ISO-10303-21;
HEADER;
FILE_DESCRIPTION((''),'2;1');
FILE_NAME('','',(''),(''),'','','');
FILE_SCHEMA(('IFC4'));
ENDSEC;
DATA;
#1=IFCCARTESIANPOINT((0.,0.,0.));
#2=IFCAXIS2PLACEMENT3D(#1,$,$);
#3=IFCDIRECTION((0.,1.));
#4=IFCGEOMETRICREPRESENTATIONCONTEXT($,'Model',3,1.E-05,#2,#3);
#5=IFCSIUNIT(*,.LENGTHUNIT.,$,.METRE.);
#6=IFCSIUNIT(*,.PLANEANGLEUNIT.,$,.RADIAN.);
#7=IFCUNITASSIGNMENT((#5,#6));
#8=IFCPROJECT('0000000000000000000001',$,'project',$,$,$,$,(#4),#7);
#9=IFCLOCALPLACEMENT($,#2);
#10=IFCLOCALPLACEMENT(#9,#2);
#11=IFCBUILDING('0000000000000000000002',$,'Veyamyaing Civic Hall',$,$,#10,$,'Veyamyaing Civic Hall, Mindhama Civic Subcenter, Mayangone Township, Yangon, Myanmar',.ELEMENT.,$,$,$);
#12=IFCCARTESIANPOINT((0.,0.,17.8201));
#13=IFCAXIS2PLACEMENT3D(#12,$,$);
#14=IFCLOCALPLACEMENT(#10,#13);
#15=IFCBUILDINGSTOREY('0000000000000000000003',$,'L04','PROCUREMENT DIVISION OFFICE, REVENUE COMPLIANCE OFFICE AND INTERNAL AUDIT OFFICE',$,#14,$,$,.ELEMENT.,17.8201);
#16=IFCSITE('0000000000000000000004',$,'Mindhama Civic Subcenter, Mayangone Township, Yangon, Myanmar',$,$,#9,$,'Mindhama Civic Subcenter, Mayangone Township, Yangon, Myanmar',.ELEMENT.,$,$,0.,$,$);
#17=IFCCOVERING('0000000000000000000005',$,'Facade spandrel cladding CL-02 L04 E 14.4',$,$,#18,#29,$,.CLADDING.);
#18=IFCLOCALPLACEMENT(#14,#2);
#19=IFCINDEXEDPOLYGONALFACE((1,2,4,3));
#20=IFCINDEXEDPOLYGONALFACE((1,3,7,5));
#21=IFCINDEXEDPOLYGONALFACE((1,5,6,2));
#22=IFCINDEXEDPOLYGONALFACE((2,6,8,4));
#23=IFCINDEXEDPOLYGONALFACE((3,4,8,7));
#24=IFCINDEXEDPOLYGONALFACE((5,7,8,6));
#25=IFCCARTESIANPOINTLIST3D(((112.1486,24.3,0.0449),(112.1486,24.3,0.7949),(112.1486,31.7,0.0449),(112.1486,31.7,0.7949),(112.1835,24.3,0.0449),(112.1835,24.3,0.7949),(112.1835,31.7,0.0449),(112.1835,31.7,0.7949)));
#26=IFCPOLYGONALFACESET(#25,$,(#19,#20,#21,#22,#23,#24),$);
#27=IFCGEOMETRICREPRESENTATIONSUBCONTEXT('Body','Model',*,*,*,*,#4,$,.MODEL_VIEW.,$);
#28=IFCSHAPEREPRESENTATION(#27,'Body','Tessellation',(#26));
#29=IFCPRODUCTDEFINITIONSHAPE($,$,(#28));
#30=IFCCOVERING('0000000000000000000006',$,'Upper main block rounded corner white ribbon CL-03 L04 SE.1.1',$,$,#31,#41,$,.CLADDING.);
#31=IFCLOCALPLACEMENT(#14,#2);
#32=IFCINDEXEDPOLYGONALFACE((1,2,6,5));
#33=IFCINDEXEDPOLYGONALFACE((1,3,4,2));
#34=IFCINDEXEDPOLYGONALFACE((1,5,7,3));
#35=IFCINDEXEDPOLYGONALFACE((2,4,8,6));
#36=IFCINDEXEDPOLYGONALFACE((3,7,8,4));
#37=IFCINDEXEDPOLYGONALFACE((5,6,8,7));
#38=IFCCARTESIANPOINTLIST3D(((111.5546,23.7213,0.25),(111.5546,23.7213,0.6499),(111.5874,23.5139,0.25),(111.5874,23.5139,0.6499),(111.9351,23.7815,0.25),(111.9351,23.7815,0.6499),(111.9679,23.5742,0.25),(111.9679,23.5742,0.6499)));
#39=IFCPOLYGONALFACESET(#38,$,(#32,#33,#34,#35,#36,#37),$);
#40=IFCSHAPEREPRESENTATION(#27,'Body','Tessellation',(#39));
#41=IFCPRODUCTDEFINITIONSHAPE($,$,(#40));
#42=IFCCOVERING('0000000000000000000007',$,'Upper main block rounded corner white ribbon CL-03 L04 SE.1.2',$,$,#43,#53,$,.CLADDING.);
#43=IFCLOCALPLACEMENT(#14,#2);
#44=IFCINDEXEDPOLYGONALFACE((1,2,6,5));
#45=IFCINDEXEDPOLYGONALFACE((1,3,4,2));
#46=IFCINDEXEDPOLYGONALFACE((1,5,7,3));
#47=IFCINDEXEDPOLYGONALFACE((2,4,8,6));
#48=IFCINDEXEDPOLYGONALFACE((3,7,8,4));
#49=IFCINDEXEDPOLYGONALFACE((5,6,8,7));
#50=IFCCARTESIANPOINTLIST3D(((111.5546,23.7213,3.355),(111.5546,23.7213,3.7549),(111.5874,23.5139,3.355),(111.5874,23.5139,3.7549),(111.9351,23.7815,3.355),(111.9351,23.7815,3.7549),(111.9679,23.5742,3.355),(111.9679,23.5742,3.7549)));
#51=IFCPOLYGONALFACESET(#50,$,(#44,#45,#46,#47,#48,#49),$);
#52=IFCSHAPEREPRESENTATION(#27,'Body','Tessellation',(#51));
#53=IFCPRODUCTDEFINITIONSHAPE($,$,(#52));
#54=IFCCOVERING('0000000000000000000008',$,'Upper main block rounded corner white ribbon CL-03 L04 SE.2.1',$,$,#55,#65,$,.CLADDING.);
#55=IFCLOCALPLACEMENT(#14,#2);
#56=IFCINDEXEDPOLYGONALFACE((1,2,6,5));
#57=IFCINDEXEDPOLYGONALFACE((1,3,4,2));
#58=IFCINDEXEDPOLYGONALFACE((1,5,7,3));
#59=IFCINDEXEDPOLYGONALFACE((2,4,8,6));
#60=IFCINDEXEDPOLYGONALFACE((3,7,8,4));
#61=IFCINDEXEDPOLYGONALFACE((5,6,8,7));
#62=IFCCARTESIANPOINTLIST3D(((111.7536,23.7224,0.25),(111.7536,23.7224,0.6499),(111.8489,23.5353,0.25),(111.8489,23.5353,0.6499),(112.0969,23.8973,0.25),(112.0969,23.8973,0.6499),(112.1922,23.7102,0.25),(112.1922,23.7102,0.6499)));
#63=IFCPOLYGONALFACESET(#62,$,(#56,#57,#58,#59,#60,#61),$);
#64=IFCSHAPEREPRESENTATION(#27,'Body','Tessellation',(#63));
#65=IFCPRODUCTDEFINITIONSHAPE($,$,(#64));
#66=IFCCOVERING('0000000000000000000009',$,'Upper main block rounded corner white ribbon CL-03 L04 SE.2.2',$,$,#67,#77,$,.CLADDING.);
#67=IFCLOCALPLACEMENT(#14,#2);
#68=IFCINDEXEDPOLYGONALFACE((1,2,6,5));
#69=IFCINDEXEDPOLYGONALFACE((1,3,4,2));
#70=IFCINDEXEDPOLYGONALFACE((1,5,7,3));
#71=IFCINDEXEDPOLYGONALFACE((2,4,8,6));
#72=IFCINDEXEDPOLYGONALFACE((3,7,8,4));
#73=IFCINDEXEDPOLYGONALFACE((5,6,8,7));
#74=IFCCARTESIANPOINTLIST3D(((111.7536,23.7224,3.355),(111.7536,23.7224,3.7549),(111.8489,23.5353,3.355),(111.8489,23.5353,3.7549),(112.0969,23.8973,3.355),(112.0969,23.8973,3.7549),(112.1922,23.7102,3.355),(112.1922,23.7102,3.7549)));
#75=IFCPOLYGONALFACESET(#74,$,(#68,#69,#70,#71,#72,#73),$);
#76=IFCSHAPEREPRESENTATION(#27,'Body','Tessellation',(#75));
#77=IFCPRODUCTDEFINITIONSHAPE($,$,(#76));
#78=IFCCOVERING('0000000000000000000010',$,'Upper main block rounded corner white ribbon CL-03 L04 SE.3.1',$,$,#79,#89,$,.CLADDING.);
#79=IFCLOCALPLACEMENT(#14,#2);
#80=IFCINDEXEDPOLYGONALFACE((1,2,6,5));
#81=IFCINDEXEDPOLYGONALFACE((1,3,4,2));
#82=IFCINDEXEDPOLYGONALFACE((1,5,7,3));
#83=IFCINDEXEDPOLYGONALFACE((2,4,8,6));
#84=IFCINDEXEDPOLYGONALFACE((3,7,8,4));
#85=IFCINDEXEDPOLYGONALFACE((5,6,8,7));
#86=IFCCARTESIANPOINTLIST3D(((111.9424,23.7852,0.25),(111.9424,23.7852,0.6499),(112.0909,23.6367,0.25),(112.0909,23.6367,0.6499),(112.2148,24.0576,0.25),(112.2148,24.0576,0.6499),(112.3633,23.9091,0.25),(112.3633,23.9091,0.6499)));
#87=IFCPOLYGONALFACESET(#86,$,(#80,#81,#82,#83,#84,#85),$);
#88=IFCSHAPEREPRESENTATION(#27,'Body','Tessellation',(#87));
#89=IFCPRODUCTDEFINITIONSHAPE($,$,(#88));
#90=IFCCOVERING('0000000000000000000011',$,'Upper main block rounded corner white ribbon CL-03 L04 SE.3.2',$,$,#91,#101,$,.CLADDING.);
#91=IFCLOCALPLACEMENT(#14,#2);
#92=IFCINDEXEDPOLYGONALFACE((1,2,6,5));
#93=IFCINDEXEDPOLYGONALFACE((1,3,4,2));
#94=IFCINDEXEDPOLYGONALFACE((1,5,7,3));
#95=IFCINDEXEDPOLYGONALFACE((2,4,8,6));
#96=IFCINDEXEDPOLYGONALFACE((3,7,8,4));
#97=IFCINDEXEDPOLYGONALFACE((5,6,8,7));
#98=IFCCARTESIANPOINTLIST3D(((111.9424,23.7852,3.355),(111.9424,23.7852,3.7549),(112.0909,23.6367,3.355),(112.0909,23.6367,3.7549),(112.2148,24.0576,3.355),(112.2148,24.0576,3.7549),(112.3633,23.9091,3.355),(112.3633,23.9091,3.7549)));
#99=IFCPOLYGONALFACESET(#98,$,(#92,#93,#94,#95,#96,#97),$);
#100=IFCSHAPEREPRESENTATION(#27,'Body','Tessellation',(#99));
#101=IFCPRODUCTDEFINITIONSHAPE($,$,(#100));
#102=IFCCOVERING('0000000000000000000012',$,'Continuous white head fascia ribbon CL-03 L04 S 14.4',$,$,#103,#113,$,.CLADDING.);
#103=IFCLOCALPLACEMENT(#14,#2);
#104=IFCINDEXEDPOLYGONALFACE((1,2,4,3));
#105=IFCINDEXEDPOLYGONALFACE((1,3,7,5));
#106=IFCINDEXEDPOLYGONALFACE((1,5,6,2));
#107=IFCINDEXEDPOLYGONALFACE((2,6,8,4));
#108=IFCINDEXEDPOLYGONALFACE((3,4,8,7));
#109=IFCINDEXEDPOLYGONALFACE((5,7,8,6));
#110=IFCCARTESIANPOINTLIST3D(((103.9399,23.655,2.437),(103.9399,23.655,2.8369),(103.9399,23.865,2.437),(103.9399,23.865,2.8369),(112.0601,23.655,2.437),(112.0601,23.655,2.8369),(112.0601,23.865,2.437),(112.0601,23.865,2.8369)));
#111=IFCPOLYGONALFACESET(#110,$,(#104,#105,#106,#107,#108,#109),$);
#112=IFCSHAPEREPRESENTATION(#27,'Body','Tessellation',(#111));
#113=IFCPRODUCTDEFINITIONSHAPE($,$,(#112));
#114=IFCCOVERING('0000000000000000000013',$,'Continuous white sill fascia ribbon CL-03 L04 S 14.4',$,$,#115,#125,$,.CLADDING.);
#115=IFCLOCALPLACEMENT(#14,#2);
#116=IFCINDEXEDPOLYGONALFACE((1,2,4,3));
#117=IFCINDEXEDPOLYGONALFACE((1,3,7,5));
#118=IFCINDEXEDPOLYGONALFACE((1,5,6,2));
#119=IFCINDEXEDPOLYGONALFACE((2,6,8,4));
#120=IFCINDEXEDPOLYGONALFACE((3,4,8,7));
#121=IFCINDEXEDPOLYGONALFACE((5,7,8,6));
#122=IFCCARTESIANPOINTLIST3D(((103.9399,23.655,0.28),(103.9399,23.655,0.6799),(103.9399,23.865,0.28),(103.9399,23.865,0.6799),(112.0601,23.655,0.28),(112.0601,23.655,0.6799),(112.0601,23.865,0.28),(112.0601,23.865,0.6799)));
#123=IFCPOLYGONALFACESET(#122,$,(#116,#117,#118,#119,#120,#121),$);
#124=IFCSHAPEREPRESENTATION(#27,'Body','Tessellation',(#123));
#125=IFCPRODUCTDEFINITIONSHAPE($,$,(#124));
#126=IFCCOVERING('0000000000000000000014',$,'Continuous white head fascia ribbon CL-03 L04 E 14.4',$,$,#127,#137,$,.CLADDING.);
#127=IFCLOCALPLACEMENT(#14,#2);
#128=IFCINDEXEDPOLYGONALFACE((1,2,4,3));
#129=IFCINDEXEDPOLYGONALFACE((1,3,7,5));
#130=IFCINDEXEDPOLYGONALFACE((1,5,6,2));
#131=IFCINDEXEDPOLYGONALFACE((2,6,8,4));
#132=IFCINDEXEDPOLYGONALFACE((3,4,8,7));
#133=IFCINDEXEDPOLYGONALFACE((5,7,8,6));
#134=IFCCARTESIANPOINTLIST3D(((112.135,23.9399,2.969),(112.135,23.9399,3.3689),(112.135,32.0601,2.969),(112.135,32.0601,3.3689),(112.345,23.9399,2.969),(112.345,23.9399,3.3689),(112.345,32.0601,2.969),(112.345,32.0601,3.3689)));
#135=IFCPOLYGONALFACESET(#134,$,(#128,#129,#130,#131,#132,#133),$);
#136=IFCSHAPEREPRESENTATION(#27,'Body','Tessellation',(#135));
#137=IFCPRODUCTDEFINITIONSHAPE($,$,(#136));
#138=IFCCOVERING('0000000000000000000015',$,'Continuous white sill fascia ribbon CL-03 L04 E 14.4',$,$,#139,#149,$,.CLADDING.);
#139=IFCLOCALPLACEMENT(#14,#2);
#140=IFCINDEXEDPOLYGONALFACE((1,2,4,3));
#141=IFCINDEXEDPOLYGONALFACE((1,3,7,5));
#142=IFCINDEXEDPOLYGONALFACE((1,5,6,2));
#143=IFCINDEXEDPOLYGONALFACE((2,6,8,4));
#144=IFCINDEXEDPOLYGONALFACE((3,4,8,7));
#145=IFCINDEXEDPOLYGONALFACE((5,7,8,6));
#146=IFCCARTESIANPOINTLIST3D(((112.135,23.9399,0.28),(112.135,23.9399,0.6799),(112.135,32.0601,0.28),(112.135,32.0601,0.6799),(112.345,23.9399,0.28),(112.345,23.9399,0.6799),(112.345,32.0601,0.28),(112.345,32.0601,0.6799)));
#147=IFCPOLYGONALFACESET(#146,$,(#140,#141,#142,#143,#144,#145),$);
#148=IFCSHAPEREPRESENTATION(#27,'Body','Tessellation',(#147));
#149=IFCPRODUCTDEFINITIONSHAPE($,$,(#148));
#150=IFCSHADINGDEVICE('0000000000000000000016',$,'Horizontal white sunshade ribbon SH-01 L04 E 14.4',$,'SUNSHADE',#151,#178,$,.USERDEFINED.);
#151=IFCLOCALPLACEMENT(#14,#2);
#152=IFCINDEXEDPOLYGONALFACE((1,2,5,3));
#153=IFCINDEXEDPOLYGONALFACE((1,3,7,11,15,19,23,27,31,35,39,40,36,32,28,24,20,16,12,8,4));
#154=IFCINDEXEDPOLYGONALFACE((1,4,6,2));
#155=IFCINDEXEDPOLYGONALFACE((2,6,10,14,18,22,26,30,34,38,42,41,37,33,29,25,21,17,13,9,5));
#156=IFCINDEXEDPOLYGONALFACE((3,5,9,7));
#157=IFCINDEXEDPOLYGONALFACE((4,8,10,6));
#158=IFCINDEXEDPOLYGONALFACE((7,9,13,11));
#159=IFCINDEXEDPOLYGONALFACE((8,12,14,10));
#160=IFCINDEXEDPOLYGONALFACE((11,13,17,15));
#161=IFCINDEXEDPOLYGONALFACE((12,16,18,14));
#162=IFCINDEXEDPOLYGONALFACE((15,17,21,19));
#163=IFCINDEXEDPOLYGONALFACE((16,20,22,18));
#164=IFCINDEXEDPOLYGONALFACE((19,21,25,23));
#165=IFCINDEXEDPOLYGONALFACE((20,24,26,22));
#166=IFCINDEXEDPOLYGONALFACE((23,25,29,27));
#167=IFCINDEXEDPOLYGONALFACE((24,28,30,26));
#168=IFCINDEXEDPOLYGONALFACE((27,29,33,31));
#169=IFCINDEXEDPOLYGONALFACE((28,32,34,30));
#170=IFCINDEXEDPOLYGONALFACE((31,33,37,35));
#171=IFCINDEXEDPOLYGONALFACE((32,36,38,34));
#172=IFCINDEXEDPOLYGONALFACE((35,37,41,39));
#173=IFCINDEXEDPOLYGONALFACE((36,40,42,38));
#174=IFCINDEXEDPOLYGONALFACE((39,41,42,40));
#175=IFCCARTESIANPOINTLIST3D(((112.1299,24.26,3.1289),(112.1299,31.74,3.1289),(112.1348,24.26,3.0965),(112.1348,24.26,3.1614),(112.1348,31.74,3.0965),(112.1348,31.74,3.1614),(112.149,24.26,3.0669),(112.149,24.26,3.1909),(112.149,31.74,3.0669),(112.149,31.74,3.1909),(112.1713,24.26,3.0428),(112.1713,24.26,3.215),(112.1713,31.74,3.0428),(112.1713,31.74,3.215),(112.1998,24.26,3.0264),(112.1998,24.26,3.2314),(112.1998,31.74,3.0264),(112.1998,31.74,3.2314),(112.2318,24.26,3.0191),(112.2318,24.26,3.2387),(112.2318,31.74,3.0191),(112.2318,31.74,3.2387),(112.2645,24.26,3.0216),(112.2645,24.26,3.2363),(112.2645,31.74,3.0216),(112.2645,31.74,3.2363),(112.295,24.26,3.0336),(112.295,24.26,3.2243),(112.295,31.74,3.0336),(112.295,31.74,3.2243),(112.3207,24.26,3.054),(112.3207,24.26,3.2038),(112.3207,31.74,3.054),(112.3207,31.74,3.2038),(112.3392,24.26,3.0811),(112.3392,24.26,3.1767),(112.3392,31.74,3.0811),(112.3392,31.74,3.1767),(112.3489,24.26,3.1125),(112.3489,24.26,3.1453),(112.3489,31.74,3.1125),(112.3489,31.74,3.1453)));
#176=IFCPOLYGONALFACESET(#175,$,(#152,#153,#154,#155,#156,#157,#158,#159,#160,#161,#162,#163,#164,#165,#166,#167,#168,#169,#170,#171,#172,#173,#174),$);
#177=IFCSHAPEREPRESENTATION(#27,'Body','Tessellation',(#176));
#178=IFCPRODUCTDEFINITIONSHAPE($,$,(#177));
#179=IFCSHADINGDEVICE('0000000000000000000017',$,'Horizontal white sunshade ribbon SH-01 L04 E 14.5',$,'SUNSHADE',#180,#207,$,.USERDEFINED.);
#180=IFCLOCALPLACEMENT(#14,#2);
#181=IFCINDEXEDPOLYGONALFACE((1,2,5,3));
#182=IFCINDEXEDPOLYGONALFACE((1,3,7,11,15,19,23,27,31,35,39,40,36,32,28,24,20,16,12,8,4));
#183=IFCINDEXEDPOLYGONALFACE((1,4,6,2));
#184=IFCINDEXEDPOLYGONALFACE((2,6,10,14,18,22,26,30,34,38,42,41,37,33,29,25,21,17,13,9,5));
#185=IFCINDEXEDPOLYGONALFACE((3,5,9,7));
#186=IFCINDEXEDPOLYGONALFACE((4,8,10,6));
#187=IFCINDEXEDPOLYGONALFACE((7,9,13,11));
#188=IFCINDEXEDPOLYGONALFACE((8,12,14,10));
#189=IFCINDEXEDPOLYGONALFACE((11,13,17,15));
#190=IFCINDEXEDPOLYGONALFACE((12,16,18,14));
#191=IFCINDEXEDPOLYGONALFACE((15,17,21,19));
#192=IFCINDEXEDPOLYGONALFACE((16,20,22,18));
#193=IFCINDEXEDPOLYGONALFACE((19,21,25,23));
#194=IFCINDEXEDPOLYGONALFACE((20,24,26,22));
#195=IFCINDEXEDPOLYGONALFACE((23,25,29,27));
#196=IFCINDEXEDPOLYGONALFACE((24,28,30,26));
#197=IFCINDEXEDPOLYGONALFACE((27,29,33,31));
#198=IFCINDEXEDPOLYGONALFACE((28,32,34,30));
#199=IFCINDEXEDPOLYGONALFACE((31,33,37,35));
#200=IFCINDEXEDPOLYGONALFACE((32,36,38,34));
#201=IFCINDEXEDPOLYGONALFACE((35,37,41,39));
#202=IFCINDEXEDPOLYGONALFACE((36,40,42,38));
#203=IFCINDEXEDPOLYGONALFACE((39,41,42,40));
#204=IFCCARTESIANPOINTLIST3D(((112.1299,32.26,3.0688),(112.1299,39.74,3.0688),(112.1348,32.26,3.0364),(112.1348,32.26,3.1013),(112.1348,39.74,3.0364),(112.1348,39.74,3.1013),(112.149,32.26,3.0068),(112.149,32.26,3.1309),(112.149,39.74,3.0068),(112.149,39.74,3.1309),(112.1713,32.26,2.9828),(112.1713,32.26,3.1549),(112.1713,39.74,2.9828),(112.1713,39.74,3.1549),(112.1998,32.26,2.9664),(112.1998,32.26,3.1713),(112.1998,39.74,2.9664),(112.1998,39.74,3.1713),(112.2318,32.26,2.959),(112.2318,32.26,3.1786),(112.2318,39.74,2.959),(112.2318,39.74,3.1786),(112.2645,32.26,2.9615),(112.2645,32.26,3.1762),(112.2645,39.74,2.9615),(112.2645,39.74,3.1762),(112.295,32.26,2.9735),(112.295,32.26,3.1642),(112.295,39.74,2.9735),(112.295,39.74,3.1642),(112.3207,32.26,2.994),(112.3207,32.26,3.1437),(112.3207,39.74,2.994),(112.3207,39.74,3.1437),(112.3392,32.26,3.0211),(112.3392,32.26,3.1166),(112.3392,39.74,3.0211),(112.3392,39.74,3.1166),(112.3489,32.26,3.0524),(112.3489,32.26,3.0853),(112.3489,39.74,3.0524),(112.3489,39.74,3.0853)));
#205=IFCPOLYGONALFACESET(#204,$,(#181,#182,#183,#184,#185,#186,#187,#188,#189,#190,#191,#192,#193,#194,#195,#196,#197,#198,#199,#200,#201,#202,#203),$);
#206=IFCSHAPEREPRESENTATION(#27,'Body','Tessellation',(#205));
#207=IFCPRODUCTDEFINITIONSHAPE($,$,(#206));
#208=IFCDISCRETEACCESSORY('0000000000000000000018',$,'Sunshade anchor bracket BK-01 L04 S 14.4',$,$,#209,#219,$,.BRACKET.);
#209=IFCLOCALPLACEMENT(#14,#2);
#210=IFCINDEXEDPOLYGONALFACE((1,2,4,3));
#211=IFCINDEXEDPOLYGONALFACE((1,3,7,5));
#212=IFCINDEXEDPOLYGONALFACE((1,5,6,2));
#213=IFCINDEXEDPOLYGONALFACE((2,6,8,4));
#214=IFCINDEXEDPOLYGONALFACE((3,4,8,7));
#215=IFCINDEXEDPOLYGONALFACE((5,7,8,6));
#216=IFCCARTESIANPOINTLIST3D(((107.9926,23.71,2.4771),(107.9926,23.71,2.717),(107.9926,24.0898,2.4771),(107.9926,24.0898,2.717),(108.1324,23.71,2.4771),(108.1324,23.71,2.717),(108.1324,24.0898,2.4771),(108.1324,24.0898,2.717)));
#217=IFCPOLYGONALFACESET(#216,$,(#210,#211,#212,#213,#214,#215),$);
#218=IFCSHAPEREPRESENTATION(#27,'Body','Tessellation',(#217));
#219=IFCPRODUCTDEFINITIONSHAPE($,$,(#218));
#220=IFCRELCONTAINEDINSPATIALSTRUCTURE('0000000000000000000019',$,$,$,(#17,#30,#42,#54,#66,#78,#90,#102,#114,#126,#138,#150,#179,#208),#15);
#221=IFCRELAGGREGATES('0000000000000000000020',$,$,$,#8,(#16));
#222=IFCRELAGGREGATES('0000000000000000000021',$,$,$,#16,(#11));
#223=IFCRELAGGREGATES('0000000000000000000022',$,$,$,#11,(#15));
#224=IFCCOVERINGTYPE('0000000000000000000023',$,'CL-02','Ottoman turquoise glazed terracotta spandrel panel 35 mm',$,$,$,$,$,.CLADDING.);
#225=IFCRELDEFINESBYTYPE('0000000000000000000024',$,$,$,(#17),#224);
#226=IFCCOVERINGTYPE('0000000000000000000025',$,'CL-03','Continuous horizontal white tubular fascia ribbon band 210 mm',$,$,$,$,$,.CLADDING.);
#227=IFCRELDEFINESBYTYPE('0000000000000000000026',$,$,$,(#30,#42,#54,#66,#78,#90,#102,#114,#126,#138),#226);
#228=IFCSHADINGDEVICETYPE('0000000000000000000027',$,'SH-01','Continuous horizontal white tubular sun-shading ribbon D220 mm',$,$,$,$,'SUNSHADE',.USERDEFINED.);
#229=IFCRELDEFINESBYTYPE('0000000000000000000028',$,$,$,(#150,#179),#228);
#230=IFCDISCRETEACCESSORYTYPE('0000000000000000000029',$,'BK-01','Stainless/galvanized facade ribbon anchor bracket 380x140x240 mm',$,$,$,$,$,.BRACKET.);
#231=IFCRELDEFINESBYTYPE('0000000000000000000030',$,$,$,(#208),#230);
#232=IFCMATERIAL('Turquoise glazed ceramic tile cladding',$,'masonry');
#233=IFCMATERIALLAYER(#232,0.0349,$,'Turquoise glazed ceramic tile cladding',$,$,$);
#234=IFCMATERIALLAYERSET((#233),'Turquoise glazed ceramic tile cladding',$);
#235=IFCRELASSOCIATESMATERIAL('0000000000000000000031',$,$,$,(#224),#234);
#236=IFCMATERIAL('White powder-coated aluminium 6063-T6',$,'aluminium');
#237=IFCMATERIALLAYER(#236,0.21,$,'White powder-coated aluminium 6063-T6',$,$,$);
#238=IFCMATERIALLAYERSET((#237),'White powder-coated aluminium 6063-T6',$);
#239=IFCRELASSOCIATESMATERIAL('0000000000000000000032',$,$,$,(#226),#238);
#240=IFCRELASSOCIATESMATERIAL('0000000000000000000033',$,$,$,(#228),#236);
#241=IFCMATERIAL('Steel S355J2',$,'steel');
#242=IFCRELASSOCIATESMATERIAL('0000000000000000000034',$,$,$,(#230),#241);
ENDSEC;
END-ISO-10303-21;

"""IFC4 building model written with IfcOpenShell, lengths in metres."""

from ifc_helpers import new_model, si_unit, direction, frame, origin, origin_2d, place, context, subcontext, project, spatial, rectangle, circle, extrude, material, layer, layer_set, material_profile, profile_set, type_object, element, save


model = new_model("IFC4")

# Units and contexts
model_context = context("Model", 3, precision=1e-05, world=origin(), true_north=direction((0.0, 1.0)))
body_context = subcontext(model_context, "Body", "Model", "MODEL_VIEW")
ifc_project = project(units=[si_unit("LENGTHUNIT", "METRE"), si_unit("PLANEANGLEUNIT", "RADIAN")], contexts=[model_context])

# Site, building, storey
site_placement = place(None, origin())
site = spatial("IfcSite", under=ifc_project, at=site_placement, Name="Mindhama Civic Subcenter, Mayangone Township, Yangon, Myanmar", LongName="Mindhama Civic Subcenter, Mayangone Township, Yangon, Myanmar", CompositionType="ELEMENT", RefElevation=0.0)
building_placement = place(site_placement, origin())
building = spatial("IfcBuilding", under=site, at=building_placement, Name="Veyamyaing Civic Hall", LongName="Veyamyaing Civic Hall, Mindhama Civic Subcenter, Mayangone Township, Yangon, Myanmar", CompositionType="ELEMENT")
storey_placement = place(building_placement, frame((0.0, 0.0, 17.8201)))
storey = spatial("IfcBuildingStorey", under=building, at=storey_placement, Name="L04", Description="PROCUREMENT DIVISION OFFICE, REVENUE COMPLIANCE OFFICE AND INTERNAL AUDIT OFFICE", CompositionType="ELEMENT", Elevation=17.8201)

# Shared definitions
ifc_material_1 = material(Name="Steel S355J2", Category="steel")

# Coverings
ifc_material_2 = material(Name="Turquoise glazed ceramic tile cladding", Category="masonry")
ifc_layer_1 = layer(ifc_material_2, 0.0349, Name="Turquoise glazed ceramic tile cladding")
ifc_layer_set_1 = layer_set([ifc_layer_1], Name="Turquoise glazed ceramic tile cladding")
covering_type_1 = type_object("IfcCoveringType", Name="CL-02", Description="Ottoman turquoise glazed terracotta spandrel panel 35 mm", PredefinedType="CLADDING", material=ifc_layer_set_1)
covering_1_placement = place(storey_placement, frame((112.166, 28.0, 0.0449), z_axis=(0.0, 0.0, 1.0), x_axis=(0.0, 1.0, 0.0)))
element("IfcCovering", 1, at=covering_1_placement, inside=storey, type_object=covering_type_1, Name="Facade spandrel cladding CL-02 L04 E 14.4", PredefinedType="CLADDING", context=body_context, shape_type="SweptSolid", body=[
    extrude(rectangle(XDim=7.3999, YDim=0.0349, at=origin_2d()), origin(), (0.0, 0.0, 1.0), 0.75),
])
ifc_material_3 = material(Name="White powder-coated aluminium 6063-T6", Category="aluminium")
ifc_layer_2 = layer(ifc_material_3, 0.21, Name="White powder-coated aluminium 6063-T6")
ifc_layer_set_2 = layer_set([ifc_layer_2], Name="White powder-coated aluminium 6063-T6")
covering_type_2 = type_object("IfcCoveringType", Name="CL-03", Description="Continuous horizontal white tubular fascia ribbon band 210 mm", PredefinedType="CLADDING", material=ifc_layer_set_2)
for number, where, z_axis, x_axis, name in (
    (2, (111.7612, 23.6477, 0.25), (0.0, 0.0, 1.0), (0.987688, 0.156434, 0.0), "Upper main block rounded corner white ribbon CL-03 L04 SE.1.1"),
    (3, (111.7612, 23.6477, 3.355), (0.0, 0.0, 1.0), (0.987688, 0.156434, 0.0), "Upper main block rounded corner white ribbon CL-03 L04 SE.1.2"),
    (4, (111.9729, 23.7163, 0.25), (0.0, 0.0, 1.0), (0.891007, 0.45399, 0.0), "Upper main block rounded corner white ribbon CL-03 L04 SE.2.1"),
    (5, (111.9729, 23.7163, 3.355), (0.0, 0.0, 1.0), (0.891007, 0.45399, 0.0), "Upper main block rounded corner white ribbon CL-03 L04 SE.2.2"),
    (6, (112.1528, 23.8472, 0.25), (0.0, 0.0, 1.0), (0.707107, 0.707107, 0.0), "Upper main block rounded corner white ribbon CL-03 L04 SE.3.1"),
    (7, (112.1528, 23.8472, 3.355), (0.0, 0.0, 1.0), (0.707107, 0.707107, 0.0), "Upper main block rounded corner white ribbon CL-03 L04 SE.3.2"),
):
    element("IfcCovering", number, at=place(storey_placement, frame(where, z_axis=z_axis, x_axis=x_axis)), inside=storey, type_object=covering_type_2, Name=name, PredefinedType="CLADDING", context=body_context, shape_type="SweptSolid", body=[
        extrude(rectangle(XDim=0.3853, YDim=0.21, at=origin_2d()), origin(), (0.0, 0.0, 1.0), 0.3999),
    ])
for number, where, z_axis, x_axis, name in (
    (8, (108.0, 23.76, 2.437), (0.0, 0.0, 1.0), (1.0, 0.0, 0.0), "Continuous white head fascia ribbon CL-03 L04 S 14.4"),
    (9, (108.0, 23.76, 0.28), (0.0, 0.0, 1.0), (1.0, 0.0, 0.0), "Continuous white sill fascia ribbon CL-03 L04 S 14.4"),
    (10, (112.24, 28.0, 2.969), (0.0, 0.0, 1.0), (0.0, 1.0, 0.0), "Continuous white head fascia ribbon CL-03 L04 E 14.4"),
    (11, (112.24, 28.0, 0.28), (0.0, 0.0, 1.0), (0.0, 1.0, 0.0), "Continuous white sill fascia ribbon CL-03 L04 E 14.4"),
):
    element("IfcCovering", number, at=place(storey_placement, frame(where, z_axis=z_axis, x_axis=x_axis)), inside=storey, type_object=covering_type_2, Name=name, PredefinedType="CLADDING", context=body_context, shape_type="SweptSolid", body=[
        extrude(rectangle(XDim=8.1201, YDim=0.21, at=origin_2d()), origin(), (0.0, 0.0, 1.0), 0.3999),
    ])

# Shading devices
ifc_material_profile_1 = material_profile(ifc_material_3, circle(Radius=0.1101, at=origin_2d()), Name="SHADE-TUBE-220")
ifc_profile_set_1 = profile_set([ifc_material_profile_1], Name="White powder-coated aluminium 6063-T6")
shading_device_type = type_object("IfcShadingDeviceType", Name="SH-01", Description="Continuous horizontal white tubular sun-shading ribbon D220 mm", ElementType="SUNSHADE", PredefinedType="USERDEFINED", material=ifc_profile_set_1)
for number, where, z_axis, x_axis, name in (
    (12, (112.24, 24.26, 3.1289), (0.0, 1.0, 0.0), (-1.0, 0.0, 0.0), "Horizontal white sunshade ribbon SH-01 L04 E 14.4"),
    (13, (112.24, 32.26, 3.0688), (0.0, 1.0, 0.0), (-1.0, 0.0, 0.0), "Horizontal white sunshade ribbon SH-01 L04 E 14.5"),
):
    element("IfcShadingDevice", number, at=place(storey_placement, frame(where, z_axis=z_axis, x_axis=x_axis)), inside=storey, type_object=shading_device_type, Name=name, ObjectType="SUNSHADE", PredefinedType="USERDEFINED", context=body_context, shape_type="SweptSolid", body=[
        extrude(circle(Radius=0.1101, at=origin_2d()), origin(), (0.0, 0.0, 1.0), 7.48),
    ])

# Discrete accessory
discrete_accessory_type = type_object("IfcDiscreteAccessoryType", Name="BK-01", Description="Stainless/galvanized facade ribbon anchor bracket 380x140x240 mm", PredefinedType="BRACKET", material=ifc_material_1)
for number, where, z_axis, x_axis, name in (
    (14, (108.0625, 23.8999, 2.4771), (0.0, 0.0, 1.0), (0.0, -1.0, 0.0), "Sunshade anchor bracket BK-01 L04 S 14.4"),
):
    element("IfcDiscreteAccessory", number, at=place(storey_placement, frame(where, z_axis=z_axis, x_axis=x_axis)), inside=storey, type_object=discrete_accessory_type, Name=name, PredefinedType="BRACKET", context=body_context, shape_type="SweptSolid", body=[
        extrude(rectangle(XDim=0.3799, YDim=0.1399, at=origin_2d()), origin(), (0.0, 0.0, 1.0), 0.24),
    ])

save(model, "model.ifc")
